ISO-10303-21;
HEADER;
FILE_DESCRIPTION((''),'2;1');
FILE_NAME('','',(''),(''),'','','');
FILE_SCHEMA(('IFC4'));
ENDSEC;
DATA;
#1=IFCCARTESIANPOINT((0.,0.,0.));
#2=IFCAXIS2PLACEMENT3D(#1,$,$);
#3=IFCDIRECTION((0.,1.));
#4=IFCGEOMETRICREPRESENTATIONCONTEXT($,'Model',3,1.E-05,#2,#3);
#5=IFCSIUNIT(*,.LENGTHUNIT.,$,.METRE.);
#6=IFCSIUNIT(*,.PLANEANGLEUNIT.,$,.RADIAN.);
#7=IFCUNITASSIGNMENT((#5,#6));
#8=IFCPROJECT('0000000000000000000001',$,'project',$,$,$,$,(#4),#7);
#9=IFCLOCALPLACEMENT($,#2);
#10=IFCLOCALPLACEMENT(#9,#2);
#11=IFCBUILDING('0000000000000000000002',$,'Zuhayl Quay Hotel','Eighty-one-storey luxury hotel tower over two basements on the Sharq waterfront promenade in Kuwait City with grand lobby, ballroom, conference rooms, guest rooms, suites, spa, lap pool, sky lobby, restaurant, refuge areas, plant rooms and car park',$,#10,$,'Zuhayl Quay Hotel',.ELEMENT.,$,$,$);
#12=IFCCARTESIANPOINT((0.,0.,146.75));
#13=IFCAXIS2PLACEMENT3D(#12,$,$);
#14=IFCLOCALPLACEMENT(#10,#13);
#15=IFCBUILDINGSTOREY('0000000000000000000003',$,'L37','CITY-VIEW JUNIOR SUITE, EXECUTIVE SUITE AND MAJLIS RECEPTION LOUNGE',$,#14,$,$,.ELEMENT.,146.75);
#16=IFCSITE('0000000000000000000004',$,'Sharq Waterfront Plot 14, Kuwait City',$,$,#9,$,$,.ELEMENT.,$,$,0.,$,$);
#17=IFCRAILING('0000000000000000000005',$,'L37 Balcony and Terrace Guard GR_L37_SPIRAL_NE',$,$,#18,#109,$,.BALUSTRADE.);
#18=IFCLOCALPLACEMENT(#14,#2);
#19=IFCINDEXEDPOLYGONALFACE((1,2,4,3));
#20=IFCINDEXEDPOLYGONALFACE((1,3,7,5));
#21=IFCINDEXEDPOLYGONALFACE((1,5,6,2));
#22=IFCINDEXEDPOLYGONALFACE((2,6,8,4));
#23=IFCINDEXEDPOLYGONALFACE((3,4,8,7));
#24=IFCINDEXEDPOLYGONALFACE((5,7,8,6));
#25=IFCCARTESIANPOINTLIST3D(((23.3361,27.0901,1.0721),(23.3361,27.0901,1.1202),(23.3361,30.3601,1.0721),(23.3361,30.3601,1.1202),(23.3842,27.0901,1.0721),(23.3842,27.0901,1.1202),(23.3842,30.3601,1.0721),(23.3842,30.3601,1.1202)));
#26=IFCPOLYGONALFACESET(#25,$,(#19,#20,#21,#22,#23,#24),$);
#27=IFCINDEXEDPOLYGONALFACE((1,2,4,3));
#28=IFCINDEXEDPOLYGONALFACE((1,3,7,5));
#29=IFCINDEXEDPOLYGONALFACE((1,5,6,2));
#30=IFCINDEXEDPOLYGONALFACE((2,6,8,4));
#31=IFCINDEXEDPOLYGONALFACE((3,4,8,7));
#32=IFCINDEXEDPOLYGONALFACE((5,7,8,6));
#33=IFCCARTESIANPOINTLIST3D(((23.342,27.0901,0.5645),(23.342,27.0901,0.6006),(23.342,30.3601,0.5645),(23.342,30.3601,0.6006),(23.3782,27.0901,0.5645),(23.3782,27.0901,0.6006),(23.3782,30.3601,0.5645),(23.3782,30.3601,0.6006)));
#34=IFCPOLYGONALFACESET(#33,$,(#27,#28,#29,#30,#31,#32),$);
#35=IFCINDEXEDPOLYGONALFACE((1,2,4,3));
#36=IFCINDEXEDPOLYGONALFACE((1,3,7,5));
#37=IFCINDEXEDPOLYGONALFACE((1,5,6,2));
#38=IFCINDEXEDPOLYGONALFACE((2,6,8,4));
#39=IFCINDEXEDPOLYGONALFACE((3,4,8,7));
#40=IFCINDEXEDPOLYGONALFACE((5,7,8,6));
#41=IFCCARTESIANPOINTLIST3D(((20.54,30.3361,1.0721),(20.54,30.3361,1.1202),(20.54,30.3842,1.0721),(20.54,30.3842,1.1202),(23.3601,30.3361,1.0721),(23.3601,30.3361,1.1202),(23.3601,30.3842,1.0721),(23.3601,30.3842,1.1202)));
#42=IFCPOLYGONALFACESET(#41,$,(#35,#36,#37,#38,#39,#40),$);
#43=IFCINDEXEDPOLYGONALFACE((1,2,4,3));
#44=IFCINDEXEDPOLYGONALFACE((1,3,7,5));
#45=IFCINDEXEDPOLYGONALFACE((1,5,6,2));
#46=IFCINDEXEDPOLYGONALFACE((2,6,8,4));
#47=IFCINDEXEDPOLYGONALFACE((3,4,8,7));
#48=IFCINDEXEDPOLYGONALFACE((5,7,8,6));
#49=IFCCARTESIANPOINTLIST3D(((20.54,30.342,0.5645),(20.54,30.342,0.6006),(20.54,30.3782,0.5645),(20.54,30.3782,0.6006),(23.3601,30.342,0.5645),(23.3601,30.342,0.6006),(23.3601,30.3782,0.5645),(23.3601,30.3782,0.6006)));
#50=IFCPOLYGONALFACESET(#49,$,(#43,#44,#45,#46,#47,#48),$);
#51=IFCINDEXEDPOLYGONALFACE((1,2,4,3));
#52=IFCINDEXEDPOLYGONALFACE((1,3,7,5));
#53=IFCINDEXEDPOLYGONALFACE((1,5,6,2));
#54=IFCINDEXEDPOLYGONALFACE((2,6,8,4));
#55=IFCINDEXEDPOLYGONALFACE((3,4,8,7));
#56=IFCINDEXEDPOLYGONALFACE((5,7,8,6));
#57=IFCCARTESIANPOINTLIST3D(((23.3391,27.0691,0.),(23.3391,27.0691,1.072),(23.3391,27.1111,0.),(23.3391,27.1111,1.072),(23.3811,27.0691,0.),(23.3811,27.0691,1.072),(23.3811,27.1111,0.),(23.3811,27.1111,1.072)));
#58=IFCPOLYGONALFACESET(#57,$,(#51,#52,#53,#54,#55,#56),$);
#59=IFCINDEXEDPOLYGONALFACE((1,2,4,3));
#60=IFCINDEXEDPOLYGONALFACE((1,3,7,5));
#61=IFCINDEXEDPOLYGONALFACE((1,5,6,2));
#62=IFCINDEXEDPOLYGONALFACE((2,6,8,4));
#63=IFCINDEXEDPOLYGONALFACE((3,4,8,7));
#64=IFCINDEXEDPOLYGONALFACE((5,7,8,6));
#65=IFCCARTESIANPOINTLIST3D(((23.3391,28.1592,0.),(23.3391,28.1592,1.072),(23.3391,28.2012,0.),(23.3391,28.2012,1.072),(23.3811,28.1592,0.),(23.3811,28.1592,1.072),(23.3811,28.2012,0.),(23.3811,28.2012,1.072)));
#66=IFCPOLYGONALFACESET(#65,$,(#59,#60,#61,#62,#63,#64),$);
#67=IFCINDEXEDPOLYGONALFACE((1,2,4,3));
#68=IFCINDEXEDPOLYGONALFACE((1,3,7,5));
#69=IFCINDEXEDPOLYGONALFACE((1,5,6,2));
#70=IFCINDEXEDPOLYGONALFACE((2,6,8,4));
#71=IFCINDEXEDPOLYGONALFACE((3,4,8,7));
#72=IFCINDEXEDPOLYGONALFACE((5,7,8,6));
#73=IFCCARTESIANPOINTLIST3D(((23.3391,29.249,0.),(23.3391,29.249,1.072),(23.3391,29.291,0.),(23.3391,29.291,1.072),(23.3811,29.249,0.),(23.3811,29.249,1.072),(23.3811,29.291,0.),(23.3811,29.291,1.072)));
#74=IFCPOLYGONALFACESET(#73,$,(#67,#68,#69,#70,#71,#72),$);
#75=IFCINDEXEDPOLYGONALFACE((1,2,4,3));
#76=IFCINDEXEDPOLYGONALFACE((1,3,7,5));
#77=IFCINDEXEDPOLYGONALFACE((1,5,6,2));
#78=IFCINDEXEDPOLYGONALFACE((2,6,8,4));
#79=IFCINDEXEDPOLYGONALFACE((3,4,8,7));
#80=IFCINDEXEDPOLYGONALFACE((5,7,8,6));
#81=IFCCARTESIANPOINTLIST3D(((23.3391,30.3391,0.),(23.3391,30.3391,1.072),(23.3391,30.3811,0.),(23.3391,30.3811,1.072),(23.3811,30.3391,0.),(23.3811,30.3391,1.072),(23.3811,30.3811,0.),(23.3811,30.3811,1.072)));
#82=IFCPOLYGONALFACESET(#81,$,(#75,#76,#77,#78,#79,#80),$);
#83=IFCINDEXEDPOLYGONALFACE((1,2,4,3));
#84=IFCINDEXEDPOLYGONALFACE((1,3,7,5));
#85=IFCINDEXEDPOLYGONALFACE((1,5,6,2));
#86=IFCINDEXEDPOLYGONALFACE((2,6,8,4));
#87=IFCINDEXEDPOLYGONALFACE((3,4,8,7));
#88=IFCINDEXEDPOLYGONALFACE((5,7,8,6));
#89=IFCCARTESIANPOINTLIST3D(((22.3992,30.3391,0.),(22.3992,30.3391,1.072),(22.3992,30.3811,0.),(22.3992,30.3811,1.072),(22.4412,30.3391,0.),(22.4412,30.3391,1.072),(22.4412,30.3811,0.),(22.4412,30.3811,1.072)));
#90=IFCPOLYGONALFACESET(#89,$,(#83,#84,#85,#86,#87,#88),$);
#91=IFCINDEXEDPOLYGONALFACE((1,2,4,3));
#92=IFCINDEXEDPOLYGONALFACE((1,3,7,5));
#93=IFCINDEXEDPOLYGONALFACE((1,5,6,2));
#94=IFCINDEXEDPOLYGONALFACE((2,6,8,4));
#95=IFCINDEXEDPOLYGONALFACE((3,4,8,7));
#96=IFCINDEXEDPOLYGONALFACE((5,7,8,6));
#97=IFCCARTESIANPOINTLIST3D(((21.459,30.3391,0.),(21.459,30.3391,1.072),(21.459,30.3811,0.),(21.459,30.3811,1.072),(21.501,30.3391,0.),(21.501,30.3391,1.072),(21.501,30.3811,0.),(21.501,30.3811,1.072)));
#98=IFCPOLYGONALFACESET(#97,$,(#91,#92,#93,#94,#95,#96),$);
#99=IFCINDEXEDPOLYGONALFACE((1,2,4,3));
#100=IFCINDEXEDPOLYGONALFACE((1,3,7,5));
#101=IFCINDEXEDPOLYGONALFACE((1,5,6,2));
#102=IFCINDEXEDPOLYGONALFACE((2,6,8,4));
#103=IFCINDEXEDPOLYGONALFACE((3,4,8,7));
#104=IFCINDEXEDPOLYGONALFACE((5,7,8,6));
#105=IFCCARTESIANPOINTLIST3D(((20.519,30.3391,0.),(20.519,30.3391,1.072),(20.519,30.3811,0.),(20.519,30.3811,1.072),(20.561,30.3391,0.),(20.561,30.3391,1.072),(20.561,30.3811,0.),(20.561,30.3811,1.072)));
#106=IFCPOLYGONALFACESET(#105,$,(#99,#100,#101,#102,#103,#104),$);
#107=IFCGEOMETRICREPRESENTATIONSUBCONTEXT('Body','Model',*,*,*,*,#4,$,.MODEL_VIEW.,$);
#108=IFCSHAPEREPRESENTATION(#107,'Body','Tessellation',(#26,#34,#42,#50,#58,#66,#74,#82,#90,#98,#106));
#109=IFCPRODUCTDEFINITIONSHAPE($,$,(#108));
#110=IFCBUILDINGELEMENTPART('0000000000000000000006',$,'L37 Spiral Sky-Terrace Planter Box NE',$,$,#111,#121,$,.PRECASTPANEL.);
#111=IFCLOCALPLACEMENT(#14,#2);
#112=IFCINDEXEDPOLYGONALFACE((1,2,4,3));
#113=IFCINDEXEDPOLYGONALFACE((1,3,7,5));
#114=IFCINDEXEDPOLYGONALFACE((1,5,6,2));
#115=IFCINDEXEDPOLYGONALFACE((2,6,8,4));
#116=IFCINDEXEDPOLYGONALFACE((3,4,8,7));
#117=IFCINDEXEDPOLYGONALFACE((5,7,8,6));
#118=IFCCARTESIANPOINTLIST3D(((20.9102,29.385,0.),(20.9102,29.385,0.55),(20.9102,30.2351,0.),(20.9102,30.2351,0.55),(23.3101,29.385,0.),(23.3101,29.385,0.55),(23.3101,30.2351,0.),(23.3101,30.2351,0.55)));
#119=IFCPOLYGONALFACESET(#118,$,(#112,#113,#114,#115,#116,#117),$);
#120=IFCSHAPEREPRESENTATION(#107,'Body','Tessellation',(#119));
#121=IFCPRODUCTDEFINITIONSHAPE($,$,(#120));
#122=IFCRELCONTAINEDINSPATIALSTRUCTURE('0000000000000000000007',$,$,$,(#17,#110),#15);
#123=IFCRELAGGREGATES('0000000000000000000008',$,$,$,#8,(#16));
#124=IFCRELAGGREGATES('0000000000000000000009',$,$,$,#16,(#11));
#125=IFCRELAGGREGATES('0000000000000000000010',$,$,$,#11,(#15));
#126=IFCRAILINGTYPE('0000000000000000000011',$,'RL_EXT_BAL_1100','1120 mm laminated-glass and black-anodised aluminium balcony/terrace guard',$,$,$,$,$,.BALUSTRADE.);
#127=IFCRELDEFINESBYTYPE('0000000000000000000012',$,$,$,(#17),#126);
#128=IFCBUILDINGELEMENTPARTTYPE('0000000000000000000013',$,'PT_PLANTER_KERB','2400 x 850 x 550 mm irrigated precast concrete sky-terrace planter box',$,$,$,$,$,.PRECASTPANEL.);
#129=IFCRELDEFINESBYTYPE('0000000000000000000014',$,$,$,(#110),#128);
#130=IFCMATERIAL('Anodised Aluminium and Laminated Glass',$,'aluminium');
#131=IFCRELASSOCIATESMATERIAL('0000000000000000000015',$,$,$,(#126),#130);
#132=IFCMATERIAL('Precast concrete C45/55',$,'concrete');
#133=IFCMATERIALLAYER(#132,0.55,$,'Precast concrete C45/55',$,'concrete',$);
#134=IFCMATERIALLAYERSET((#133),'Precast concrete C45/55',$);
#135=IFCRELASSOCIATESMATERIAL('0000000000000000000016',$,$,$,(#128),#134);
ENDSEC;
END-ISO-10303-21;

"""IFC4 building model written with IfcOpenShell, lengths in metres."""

from ifc_helpers import new_model, si_unit, direction, frame, origin, origin_2d, place, context, subcontext, project, spatial, rectangle, extrude, material, layer, layer_set, type_object, element, save


model = new_model("IFC4")

# Units and contexts
model_context = context("Model", 3, precision=1e-05, world=origin(), true_north=direction((0.0, 1.0)))
body_context = subcontext(model_context, "Body", "Model", "MODEL_VIEW")
ifc_project = project(units=[si_unit("LENGTHUNIT", "METRE"), si_unit("PLANEANGLEUNIT", "RADIAN")], contexts=[model_context])

# Site, building, storey
site_placement = place(None, origin())
site = spatial("IfcSite", under=ifc_project, at=site_placement, Name="Sharq Waterfront Plot 14, Kuwait City", CompositionType="ELEMENT", RefElevation=0.0)
building_placement = place(site_placement, origin())
building = spatial("IfcBuilding", under=site, at=building_placement, Name="Zuhayl Quay Hotel", Description="Eighty-one-storey luxury hotel tower over two basements on the Sharq waterfront promenade in Kuwait City with grand lobby, ballroom, conference rooms, guest rooms, suites, spa, lap pool, sky lobby, restaurant, refuge areas, plant rooms and car park", LongName="Zuhayl Quay Hotel", CompositionType="ELEMENT")
storey_placement = place(building_placement, frame((0.0, 0.0, 146.75)))
storey = spatial("IfcBuildingStorey", under=building, at=storey_placement, Name="L37", Description="CITY-VIEW JUNIOR SUITE, EXECUTIVE SUITE AND MAJLIS RECEPTION LOUNGE", CompositionType="ELEMENT", Elevation=146.75)

# Shared definitions
ifc_material_1 = material(Name="Precast concrete C45/55", Category="concrete")

# Railing
ifc_material_2 = material(Name="Anodised Aluminium and Laminated Glass", Category="aluminium")
railing_type = type_object("IfcRailingType", Name="RL_EXT_BAL_1100", Description="1120 mm laminated-glass and black-anodised aluminium balcony/terrace guard", PredefinedType="BALUSTRADE", material=ifc_material_2)
railing_placement = place(storey_placement, frame((23.3601, 27.0901, 0.0)))
element("IfcRailing", 1, at=railing_placement, inside=storey, type_object=railing_type, Name="L37 Balcony and Terrace Guard GR_L37_SPIRAL_NE", PredefinedType="BALUSTRADE", context=body_context, shape_type="SweptSolid", body=[
    extrude(rectangle(XDim=0.0481, YDim=0.0481, at=origin_2d()), frame((0.0, 0.0, 1.0962), z_axis=(0.0, 1.0, 0.0), x_axis=(-1.0, 0.0, 0.0)), (0.0, 0.0, 1.0), 3.27),
    extrude(rectangle(XDim=0.0361, YDim=0.0361, at=origin_2d()), frame((0.0, 0.0, 0.5825), z_axis=(0.0, 1.0, 0.0), x_axis=(-1.0, 0.0, 0.0)), (0.0, 0.0, 1.0), 3.27),
    extrude(rectangle(XDim=0.0481, YDim=0.0481, at=origin_2d()), frame((0.0, 3.27, 1.0962), z_axis=(-1.0, 0.0, 0.0), x_axis=(0.0, -1.0, 0.0)), (0.0, 0.0, 1.0), 2.8201),
    extrude(rectangle(XDim=0.0361, YDim=0.0361, at=origin_2d()), frame((0.0, 3.27, 0.5825), z_axis=(-1.0, 0.0, 0.0), x_axis=(0.0, -1.0, 0.0)), (0.0, 0.0, 1.0), 2.8201),
    extrude(rectangle(XDim=0.042, YDim=0.042, at=origin_2d()), origin(), (0.0, 0.0, 1.0), 1.072),
    extrude(rectangle(XDim=0.042, YDim=0.042, at=origin_2d()), frame((0.0, 1.0901, 0.0)), (0.0, 0.0, 1.0), 1.072),
    extrude(rectangle(XDim=0.042, YDim=0.042, at=origin_2d()), frame((0.0, 2.1799, 0.0)), (0.0, 0.0, 1.0), 1.072),
    extrude(rectangle(XDim=0.042, YDim=0.042, at=origin_2d()), frame((0.0, 3.27, 0.0)), (0.0, 0.0, 1.0), 1.072),
    extrude(rectangle(XDim=0.042, YDim=0.042, at=origin_2d()), frame((-0.9399, 3.27, 0.0)), (0.0, 0.0, 1.0), 1.072),
    extrude(rectangle(XDim=0.042, YDim=0.042, at=origin_2d()), frame((-1.8801, 3.27, 0.0)), (0.0, 0.0, 1.0), 1.072),
    extrude(rectangle(XDim=0.042, YDim=0.042, at=origin_2d()), frame((-2.8201, 3.27, 0.0)), (0.0, 0.0, 1.0), 1.072),
])

# Building element part
ifc_layer_1 = layer(ifc_material_1, 0.55, Name="Precast concrete C45/55", Category="concrete")
ifc_layer_set_1 = layer_set([ifc_layer_1], Name="Precast concrete C45/55")
building_element_part_type = type_object("IfcBuildingElementPartType", Name="PT_PLANTER_KERB", Description="2400 x 850 x 550 mm irrigated precast concrete sky-terrace planter box", PredefinedType="PRECASTPANEL", material=ifc_layer_set_1)
building_element_part_placement = place(storey_placement, frame((22.1101, 29.8101, 0.0), z_axis=(0.0, 0.0, 1.0), x_axis=(1.0, 0.0, 0.0)))
element("IfcBuildingElementPart", 2, at=building_element_part_placement, inside=storey, type_object=building_element_part_type, Name="L37 Spiral Sky-Terrace Planter Box NE", PredefinedType="PRECASTPANEL", context=body_context, shape_type="SweptSolid", body=[
    extrude(rectangle(XDim=2.3999, YDim=0.8501, at=origin_2d()), origin(), (0.0, 0.0, 1.0), 0.55),
])

save(model, "model.ifc")
